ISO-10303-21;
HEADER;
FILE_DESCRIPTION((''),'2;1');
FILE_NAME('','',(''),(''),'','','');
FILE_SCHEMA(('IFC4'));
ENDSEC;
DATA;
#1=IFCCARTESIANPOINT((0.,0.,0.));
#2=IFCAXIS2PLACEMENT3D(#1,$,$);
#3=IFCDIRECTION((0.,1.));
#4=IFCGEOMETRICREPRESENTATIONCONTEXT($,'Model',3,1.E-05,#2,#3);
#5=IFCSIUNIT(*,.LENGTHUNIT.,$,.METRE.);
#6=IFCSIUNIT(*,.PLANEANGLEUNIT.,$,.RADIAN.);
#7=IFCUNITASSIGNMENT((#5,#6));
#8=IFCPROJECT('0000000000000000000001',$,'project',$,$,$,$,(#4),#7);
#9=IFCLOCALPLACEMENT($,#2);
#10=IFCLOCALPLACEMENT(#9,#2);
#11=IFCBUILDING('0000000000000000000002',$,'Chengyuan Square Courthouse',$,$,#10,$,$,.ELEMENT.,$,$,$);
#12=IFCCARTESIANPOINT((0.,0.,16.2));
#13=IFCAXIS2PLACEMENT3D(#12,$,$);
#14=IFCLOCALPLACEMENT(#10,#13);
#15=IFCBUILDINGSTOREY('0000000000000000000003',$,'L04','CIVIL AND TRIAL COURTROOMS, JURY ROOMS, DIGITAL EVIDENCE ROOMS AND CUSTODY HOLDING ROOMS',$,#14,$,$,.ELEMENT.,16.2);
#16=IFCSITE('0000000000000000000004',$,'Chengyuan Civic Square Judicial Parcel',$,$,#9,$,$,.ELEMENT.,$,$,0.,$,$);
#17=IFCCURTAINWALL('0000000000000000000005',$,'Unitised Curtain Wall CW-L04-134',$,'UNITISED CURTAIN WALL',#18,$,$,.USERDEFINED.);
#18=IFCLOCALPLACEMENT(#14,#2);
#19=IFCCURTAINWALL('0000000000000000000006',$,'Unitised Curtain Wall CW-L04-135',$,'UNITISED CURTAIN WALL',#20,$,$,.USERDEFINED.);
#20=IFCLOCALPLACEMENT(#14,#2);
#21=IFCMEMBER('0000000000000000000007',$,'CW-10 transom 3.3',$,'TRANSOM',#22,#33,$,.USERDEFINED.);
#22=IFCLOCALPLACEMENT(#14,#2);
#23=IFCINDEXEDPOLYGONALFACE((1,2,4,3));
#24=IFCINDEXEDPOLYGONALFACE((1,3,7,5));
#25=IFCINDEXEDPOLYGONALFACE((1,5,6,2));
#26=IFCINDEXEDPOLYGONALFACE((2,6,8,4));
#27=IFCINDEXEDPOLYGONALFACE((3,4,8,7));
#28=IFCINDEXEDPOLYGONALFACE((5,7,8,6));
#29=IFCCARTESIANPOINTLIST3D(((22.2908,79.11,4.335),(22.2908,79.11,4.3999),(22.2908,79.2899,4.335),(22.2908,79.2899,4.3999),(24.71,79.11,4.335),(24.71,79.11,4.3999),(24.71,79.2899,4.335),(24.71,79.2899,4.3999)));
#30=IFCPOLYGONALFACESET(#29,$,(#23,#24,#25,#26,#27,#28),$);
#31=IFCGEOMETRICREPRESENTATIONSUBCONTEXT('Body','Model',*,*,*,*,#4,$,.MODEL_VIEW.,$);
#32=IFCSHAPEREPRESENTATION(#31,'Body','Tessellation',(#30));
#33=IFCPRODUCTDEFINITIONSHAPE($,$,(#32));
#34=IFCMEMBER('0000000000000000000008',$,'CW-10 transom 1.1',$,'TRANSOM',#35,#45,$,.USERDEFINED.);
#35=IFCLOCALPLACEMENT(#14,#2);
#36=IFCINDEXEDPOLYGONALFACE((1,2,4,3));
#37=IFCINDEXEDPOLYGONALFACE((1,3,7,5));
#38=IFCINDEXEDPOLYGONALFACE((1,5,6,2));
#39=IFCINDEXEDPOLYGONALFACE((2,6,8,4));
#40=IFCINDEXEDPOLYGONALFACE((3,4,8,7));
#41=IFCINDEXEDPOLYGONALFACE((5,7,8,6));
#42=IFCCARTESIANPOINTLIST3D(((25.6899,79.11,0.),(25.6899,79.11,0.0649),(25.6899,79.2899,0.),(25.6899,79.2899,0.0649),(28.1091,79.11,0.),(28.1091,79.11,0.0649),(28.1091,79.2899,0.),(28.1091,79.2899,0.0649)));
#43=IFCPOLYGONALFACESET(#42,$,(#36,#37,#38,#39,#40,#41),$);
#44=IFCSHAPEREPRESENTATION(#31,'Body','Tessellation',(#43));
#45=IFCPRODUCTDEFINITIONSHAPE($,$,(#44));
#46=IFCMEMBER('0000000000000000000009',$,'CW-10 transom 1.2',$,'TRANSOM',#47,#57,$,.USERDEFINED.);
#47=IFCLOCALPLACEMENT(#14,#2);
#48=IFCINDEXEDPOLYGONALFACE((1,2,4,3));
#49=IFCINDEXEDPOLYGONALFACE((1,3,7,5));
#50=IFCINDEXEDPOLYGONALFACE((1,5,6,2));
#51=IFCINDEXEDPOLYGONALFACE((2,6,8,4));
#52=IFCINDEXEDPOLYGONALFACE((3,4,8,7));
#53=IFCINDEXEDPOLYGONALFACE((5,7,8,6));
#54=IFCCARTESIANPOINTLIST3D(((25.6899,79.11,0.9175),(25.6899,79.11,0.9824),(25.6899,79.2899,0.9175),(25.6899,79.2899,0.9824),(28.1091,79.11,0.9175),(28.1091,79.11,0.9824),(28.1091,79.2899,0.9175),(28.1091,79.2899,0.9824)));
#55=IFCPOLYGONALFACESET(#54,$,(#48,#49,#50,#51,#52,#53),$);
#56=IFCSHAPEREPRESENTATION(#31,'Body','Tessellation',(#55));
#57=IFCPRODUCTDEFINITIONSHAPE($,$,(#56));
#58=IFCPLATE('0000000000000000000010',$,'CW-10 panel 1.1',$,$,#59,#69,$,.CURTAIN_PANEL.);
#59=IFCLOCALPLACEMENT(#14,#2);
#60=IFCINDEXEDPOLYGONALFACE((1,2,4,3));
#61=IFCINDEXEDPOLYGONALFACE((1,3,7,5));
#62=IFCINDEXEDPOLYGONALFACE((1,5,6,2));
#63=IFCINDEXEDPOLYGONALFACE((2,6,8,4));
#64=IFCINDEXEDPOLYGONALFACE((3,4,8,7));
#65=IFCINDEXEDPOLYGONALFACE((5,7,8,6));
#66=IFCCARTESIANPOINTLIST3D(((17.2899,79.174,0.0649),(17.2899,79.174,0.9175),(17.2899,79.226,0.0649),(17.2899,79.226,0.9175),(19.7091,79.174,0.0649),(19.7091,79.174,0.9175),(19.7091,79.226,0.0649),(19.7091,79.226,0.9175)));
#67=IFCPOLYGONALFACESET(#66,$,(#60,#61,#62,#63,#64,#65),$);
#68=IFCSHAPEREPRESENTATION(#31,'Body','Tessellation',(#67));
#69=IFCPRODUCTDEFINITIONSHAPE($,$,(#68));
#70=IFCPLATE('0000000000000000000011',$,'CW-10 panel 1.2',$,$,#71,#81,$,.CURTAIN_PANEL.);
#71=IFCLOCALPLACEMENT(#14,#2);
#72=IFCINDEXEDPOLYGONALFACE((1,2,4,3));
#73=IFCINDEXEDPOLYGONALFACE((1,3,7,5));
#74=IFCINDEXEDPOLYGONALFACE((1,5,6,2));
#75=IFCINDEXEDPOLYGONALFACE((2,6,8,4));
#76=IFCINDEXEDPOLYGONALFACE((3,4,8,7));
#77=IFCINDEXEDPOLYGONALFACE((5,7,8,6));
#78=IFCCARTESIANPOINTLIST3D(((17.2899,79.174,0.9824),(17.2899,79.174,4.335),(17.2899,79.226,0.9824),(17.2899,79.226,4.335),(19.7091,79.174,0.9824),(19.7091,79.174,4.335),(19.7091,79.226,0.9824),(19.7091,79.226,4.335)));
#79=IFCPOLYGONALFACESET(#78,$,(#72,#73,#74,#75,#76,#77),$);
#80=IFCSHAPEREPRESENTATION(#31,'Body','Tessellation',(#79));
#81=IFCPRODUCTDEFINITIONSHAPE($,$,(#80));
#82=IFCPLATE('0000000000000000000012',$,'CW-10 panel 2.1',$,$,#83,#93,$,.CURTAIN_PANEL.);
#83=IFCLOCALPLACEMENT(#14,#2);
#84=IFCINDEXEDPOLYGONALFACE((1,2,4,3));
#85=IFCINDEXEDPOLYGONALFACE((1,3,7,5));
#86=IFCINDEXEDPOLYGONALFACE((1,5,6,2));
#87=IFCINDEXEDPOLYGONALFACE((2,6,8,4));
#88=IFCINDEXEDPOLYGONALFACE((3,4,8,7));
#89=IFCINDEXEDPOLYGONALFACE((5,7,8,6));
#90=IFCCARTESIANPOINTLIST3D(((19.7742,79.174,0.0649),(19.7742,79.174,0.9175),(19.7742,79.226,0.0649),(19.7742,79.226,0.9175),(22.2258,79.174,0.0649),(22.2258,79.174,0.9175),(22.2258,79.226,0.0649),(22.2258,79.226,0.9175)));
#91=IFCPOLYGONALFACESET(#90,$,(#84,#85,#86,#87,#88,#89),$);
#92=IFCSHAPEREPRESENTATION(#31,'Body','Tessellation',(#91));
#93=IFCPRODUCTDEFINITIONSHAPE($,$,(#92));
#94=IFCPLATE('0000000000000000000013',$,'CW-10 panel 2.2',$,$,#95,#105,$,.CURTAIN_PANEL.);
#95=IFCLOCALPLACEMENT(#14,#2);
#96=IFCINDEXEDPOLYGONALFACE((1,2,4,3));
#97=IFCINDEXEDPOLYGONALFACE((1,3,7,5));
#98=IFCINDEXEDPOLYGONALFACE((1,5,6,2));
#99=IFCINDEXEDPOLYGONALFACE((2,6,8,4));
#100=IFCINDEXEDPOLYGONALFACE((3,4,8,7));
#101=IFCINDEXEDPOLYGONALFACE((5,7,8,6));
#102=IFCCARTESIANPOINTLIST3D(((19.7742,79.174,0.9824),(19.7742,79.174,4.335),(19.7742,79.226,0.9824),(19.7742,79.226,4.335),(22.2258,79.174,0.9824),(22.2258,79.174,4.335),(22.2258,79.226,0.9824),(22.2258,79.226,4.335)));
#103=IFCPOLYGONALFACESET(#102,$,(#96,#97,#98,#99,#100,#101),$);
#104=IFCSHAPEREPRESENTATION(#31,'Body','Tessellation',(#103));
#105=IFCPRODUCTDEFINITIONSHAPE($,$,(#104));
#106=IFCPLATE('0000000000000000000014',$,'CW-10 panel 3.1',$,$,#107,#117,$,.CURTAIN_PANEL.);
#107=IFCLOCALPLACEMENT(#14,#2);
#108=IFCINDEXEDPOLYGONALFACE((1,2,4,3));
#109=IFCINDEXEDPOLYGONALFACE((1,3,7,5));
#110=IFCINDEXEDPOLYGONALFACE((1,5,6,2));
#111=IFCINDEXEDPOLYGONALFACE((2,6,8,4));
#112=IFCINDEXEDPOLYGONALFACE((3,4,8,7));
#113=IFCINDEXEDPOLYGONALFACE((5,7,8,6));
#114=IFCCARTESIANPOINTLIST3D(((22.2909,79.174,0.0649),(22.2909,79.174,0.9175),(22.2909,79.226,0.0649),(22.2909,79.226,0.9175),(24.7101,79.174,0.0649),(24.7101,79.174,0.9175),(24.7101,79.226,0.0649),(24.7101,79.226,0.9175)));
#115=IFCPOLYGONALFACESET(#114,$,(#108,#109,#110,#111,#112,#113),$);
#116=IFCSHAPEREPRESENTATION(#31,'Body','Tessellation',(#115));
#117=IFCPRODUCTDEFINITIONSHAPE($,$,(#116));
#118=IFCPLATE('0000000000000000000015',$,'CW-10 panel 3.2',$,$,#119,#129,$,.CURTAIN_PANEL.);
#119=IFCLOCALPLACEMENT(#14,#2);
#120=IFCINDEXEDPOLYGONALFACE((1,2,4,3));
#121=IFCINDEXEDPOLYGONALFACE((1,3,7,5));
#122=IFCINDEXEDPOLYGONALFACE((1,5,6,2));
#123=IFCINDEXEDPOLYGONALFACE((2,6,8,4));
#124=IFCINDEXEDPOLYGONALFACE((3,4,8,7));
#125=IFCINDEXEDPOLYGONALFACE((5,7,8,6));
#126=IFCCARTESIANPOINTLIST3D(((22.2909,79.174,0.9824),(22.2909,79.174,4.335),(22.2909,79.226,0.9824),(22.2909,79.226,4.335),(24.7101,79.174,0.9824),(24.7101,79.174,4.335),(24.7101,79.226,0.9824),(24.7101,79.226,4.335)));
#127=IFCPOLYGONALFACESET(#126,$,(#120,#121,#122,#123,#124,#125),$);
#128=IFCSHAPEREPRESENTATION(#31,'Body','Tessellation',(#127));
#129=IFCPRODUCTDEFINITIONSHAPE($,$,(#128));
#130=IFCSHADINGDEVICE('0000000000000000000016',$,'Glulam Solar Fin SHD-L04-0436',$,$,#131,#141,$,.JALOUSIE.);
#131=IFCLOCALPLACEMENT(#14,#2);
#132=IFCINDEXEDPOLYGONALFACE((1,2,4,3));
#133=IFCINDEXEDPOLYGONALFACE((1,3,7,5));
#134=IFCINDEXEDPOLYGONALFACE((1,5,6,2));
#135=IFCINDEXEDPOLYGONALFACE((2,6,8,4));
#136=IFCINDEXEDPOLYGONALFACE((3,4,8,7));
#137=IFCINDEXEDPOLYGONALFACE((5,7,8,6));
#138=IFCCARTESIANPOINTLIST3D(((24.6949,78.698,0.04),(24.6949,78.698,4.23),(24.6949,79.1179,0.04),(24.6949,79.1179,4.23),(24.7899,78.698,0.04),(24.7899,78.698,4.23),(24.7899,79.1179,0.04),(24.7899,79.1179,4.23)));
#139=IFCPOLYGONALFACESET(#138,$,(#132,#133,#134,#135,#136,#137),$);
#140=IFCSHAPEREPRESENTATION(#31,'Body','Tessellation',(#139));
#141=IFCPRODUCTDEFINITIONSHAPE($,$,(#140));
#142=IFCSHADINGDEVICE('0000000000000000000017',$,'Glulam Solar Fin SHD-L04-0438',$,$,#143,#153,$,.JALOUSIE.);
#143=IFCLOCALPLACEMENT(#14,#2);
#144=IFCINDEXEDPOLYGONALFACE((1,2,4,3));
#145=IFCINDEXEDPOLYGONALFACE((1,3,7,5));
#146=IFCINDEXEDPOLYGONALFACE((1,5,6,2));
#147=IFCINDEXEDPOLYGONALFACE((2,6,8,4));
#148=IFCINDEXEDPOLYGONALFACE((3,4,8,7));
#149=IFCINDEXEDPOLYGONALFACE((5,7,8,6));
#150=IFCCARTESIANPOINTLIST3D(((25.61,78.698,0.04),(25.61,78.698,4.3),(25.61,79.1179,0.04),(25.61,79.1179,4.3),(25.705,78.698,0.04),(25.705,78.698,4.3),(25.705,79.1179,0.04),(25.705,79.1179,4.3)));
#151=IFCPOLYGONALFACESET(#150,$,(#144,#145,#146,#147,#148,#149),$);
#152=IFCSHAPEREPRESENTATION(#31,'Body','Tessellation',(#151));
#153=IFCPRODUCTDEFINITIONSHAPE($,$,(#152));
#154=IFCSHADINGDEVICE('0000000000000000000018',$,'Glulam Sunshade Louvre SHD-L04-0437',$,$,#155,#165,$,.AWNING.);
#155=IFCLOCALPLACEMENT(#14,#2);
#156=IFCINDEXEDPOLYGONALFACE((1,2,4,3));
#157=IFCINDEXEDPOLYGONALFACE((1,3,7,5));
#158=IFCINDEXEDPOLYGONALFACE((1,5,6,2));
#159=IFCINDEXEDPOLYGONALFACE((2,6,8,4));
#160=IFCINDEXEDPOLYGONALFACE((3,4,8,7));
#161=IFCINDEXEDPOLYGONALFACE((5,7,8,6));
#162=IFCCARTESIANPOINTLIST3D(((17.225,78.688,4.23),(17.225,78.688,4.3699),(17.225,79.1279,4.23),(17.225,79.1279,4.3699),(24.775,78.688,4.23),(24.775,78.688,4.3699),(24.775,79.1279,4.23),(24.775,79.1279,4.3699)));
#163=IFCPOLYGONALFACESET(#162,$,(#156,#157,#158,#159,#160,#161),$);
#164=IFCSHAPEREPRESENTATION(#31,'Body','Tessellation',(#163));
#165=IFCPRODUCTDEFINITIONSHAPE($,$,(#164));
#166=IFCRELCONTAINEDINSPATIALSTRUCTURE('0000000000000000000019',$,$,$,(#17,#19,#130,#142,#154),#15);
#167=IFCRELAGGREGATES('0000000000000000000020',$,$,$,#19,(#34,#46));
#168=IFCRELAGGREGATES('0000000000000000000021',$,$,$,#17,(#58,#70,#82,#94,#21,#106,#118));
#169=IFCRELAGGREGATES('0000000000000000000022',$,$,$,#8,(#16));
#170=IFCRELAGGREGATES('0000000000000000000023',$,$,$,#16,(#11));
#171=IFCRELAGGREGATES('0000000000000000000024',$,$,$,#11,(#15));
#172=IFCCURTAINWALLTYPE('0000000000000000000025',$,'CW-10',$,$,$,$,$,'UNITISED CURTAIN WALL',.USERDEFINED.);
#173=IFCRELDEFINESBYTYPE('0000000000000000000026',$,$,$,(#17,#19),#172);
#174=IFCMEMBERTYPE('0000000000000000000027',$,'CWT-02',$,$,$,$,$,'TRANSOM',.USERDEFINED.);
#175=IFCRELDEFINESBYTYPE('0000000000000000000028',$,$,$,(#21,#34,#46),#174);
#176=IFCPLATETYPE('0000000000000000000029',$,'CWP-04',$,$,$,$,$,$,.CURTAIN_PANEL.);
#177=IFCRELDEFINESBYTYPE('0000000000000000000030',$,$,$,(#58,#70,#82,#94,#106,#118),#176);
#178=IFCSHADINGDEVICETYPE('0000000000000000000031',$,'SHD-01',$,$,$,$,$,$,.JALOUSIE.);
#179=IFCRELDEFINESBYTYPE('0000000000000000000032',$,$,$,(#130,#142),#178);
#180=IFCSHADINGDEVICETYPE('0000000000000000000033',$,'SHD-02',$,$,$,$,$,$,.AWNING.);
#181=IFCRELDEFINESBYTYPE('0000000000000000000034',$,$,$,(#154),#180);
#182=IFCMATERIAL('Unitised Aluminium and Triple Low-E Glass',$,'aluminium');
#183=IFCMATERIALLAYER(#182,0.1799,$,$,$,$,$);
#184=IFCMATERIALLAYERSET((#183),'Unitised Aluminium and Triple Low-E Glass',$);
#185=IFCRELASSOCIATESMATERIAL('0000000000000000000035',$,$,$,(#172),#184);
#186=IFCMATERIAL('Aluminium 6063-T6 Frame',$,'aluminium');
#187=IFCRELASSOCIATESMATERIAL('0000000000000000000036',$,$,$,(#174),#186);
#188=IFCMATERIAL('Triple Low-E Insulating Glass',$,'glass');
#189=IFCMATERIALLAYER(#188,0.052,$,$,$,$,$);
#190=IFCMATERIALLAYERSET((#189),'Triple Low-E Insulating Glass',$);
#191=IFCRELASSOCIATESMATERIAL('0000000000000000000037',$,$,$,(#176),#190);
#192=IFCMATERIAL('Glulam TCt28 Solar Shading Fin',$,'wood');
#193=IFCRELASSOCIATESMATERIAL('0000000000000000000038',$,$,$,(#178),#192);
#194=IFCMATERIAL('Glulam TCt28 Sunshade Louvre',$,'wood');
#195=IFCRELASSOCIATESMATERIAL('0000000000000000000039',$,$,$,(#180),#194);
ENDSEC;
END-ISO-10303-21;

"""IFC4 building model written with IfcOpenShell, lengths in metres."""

from ifc_helpers import new_model, si_unit, direction, frame, origin, origin_2d, place, context, subcontext, project, spatial, rectangle, extrude, material, layer, layer_set, material_profile, profile_set, type_object, element, aggregate, save


model = new_model("IFC4")

# Units and contexts
model_context = context("Model", 3, precision=1e-05, world=origin(), true_north=direction((0.0, 1.0)))
body_context = subcontext(model_context, "Body", "Model", "MODEL_VIEW")
ifc_project = project(units=[si_unit("LENGTHUNIT", "METRE"), si_unit("PLANEANGLEUNIT", "RADIAN")], contexts=[model_context])

# Site, building, storey
site_placement = place(None, origin())
site = spatial("IfcSite", under=ifc_project, at=site_placement, Name="Chengyuan Civic Square Judicial Parcel", CompositionType="ELEMENT", RefElevation=0.0)
building_placement = place(site_placement, origin())
building = spatial("IfcBuilding", under=site, at=building_placement, Name="Chengyuan Square Courthouse", CompositionType="ELEMENT")
storey_placement = place(building_placement, frame((0.0, 0.0, 16.2)))
storey = spatial("IfcBuildingStorey", under=building, at=storey_placement, Name="L04", Description="CIVIL AND TRIAL COURTROOMS, JURY ROOMS, DIGITAL EVIDENCE ROOMS AND CUSTODY HOLDING ROOMS", CompositionType="ELEMENT", Elevation=16.2)

# Curtain wall
ifc_material_1 = material(Name="Unitised Aluminium and Triple Low-E Glass", Category="aluminium")
ifc_layer_1 = layer(ifc_material_1, 0.1799)
ifc_layer_set_1 = layer_set([ifc_layer_1], Name="Unitised Aluminium and Triple Low-E Glass")
curtain_wall_type = type_object("IfcCurtainWallType", Name="CW-10", ElementType="UNITISED CURTAIN WALL", PredefinedType="USERDEFINED", material=ifc_layer_set_1)
curtain_wall_1_placement = place(storey_placement, origin())
curtain_wall_1 = element("IfcCurtainWall", 1, at=curtain_wall_1_placement, inside=storey, type_object=curtain_wall_type, Name="Unitised Curtain Wall CW-L04-134", ObjectType="UNITISED CURTAIN WALL", PredefinedType="USERDEFINED")
ifc_material_2 = material(Name="Aluminium 6063-T6 Frame", Category="aluminium")

# Curtain wall
curtain_wall_2_placement = place(storey_placement, origin())
curtain_wall_2 = element("IfcCurtainWall", 2, at=curtain_wall_2_placement, inside=storey, type_object=curtain_wall_type, Name="Unitised Curtain Wall CW-L04-135", ObjectType="UNITISED CURTAIN WALL", PredefinedType="USERDEFINED")

# Members
ifc_material_profile_1 = material_profile(ifc_material_2, rectangle(XDim=0.1799, YDim=0.0649, at=origin_2d()), Name="CW-TRN-65x140")
ifc_profile_set_1 = profile_set([ifc_material_profile_1], Name="Aluminium 6063-T6 Frame")
member_type_1 = type_object("IfcMemberType", Name="CWT-02", ElementType="TRANSOM", PredefinedType="USERDEFINED", material=ifc_profile_set_1)
member_1_placement = place(storey_placement, frame((22.2908, 79.2, 4.3674), z_axis=(1.0, 0.0, 0.0), x_axis=(0.0, 1.0, 0.0)))
member_1 = element("IfcMember", 3, at=member_1_placement, type_object=member_type_1, Name="CW-10 transom 3.3", ObjectType="TRANSOM", PredefinedType="USERDEFINED", context=body_context, shape_type="SweptSolid", body=[
    extrude(rectangle(XDim=0.1799, YDim=0.0649, at=origin_2d()), origin(), (0.0, 0.0, 1.0), 2.4192),
])
member_2_placement = place(storey_placement, frame((25.6899, 79.2, 0.0325), z_axis=(1.0, 0.0, 0.0), x_axis=(0.0, 1.0, 0.0)))
member_2 = element("IfcMember", 4, at=member_2_placement, type_object=member_type_1, Name="CW-10 transom 1.1", ObjectType="TRANSOM", PredefinedType="USERDEFINED", context=body_context, shape_type="SweptSolid", body=[
    extrude(rectangle(XDim=0.1799, YDim=0.0649, at=origin_2d()), origin(), (0.0, 0.0, 1.0), 2.4192),
])
member_3_placement = place(storey_placement, frame((25.6899, 79.2, 0.95), z_axis=(1.0, 0.0, 0.0), x_axis=(0.0, 1.0, 0.0)))
member_3 = element("IfcMember", 5, at=member_3_placement, type_object=member_type_1, Name="CW-10 transom 1.2", ObjectType="TRANSOM", PredefinedType="USERDEFINED", context=body_context, shape_type="SweptSolid", body=[
    extrude(rectangle(XDim=0.1799, YDim=0.0649, at=origin_2d()), origin(), (0.0, 0.0, 1.0), 2.4192),
])
aggregate(curtain_wall_2, [member_2, member_3])

# Plates
ifc_material_3 = material(Name="Triple Low-E Insulating Glass", Category="glass")
ifc_layer_2 = layer(ifc_material_3, 0.052)
ifc_layer_set_2 = layer_set([ifc_layer_2], Name="Triple Low-E Insulating Glass")
plate_type = type_object("IfcPlateType", Name="CWP-04", PredefinedType="CURTAIN_PANEL", material=ifc_layer_set_2)
plate_1_placement = place(storey_placement, frame((18.4995, 79.2, 0.0649), z_axis=(0.0, 0.0, 1.0), x_axis=(1.0, 0.0, 0.0)))
plate_1 = element("IfcPlate", 6, at=plate_1_placement, type_object=plate_type, Name="CW-10 panel 1.1", PredefinedType="CURTAIN_PANEL", context=body_context, shape_type="SweptSolid", body=[
    extrude(rectangle(XDim=2.4192, YDim=0.052, at=origin_2d()), origin(), (0.0, 0.0, 1.0), 0.8525),
])
plate_2_placement = place(storey_placement, frame((18.4995, 79.2, 0.9824), z_axis=(0.0, 0.0, 1.0), x_axis=(1.0, 0.0, 0.0)))
plate_2 = element("IfcPlate", 7, at=plate_2_placement, type_object=plate_type, Name="CW-10 panel 1.2", PredefinedType="CURTAIN_PANEL", context=body_context, shape_type="SweptSolid", body=[
    extrude(rectangle(XDim=2.4192, YDim=0.052, at=origin_2d()), origin(), (0.0, 0.0, 1.0), 3.3525),
])
plate_3_placement = place(storey_placement, frame((21.0, 79.2, 0.0649), z_axis=(0.0, 0.0, 1.0), x_axis=(1.0, 0.0, 0.0)))
plate_3 = element("IfcPlate", 8, at=plate_3_placement, type_object=plate_type, Name="CW-10 panel 2.1", PredefinedType="CURTAIN_PANEL", context=body_context, shape_type="SweptSolid", body=[
    extrude(rectangle(XDim=2.4517, YDim=0.052, at=origin_2d()), origin(), (0.0, 0.0, 1.0), 0.8525),
])
plate_4_placement = place(storey_placement, frame((21.0, 79.2, 0.9824), z_axis=(0.0, 0.0, 1.0), x_axis=(1.0, 0.0, 0.0)))
plate_4 = element("IfcPlate", 9, at=plate_4_placement, type_object=plate_type, Name="CW-10 panel 2.2", PredefinedType="CURTAIN_PANEL", context=body_context, shape_type="SweptSolid", body=[
    extrude(rectangle(XDim=2.4517, YDim=0.052, at=origin_2d()), origin(), (0.0, 0.0, 1.0), 3.3525),
])
plate_5_placement = place(storey_placement, frame((23.5005, 79.2, 0.0649), z_axis=(0.0, 0.0, 1.0), x_axis=(1.0, 0.0, 0.0)))
plate_5 = element("IfcPlate", 10, at=plate_5_placement, type_object=plate_type, Name="CW-10 panel 3.1", PredefinedType="CURTAIN_PANEL", context=body_context, shape_type="SweptSolid", body=[
    extrude(rectangle(XDim=2.4192, YDim=0.052, at=origin_2d()), origin(), (0.0, 0.0, 1.0), 0.8525),
])
plate_6_placement = place(storey_placement, frame((23.5005, 79.2, 0.9824), z_axis=(0.0, 0.0, 1.0), x_axis=(1.0, 0.0, 0.0)))
plate_6 = element("IfcPlate", 11, at=plate_6_placement, type_object=plate_type, Name="CW-10 panel 3.2", PredefinedType="CURTAIN_PANEL", context=body_context, shape_type="SweptSolid", body=[
    extrude(rectangle(XDim=2.4192, YDim=0.052, at=origin_2d()), origin(), (0.0, 0.0, 1.0), 3.3525),
])
aggregate(curtain_wall_1, [plate_1, plate_2, plate_3, plate_4, member_1, plate_5, plate_6])

# Shading devices
ifc_material_4 = material(Name="Glulam TCt28 Solar Shading Fin", Category="wood")
shading_device_type_1 = type_object("IfcShadingDeviceType", Name="SHD-01", PredefinedType="JALOUSIE", material=ifc_material_4)
shading_device_1_placement = place(storey_placement, frame((24.7424, 78.908, 0.04), z_axis=(0.0, 0.0, 1.0), x_axis=(0.0, 1.0, 0.0)))
element("IfcShadingDevice", 12, at=shading_device_1_placement, inside=storey, type_object=shading_device_type_1, Name="Glulam Solar Fin SHD-L04-0436", PredefinedType="JALOUSIE", context=body_context, shape_type="SweptSolid", body=[
    extrude(rectangle(XDim=0.4199, YDim=0.095, at=origin_2d()), origin(), (0.0, 0.0, 1.0), 4.1899),
])
shading_device_2_placement = place(storey_placement, frame((25.6575, 78.908, 0.04), z_axis=(0.0, 0.0, 1.0), x_axis=(0.0, 1.0, 0.0)))
element("IfcShadingDevice", 13, at=shading_device_2_placement, inside=storey, type_object=shading_device_type_1, Name="Glulam Solar Fin SHD-L04-0438", PredefinedType="JALOUSIE", context=body_context, shape_type="SweptSolid", body=[
    extrude(rectangle(XDim=0.4199, YDim=0.095, at=origin_2d()), origin(), (0.0, 0.0, 1.0), 4.26),
])
ifc_material_5 = material(Name="Glulam TCt28 Sunshade Louvre", Category="wood")
shading_device_type_2 = type_object("IfcShadingDeviceType", Name="SHD-02", PredefinedType="AWNING", material=ifc_material_5)
shading_device_3_placement = place(storey_placement, frame((21.0, 78.908, 4.23), z_axis=(0.0, 0.0, 1.0), x_axis=(1.0, 0.0, 0.0)))
element("IfcShadingDevice", 14, at=shading_device_3_placement, inside=storey, type_object=shading_device_type_2, Name="Glulam Sunshade Louvre SHD-L04-0437", PredefinedType="AWNING", context=body_context, shape_type="SweptSolid", body=[
    extrude(rectangle(XDim=7.55, YDim=0.4399, at=origin_2d()), origin(), (0.0, 0.0, 1.0), 0.1399),
])

save(model, "model.ifc")
